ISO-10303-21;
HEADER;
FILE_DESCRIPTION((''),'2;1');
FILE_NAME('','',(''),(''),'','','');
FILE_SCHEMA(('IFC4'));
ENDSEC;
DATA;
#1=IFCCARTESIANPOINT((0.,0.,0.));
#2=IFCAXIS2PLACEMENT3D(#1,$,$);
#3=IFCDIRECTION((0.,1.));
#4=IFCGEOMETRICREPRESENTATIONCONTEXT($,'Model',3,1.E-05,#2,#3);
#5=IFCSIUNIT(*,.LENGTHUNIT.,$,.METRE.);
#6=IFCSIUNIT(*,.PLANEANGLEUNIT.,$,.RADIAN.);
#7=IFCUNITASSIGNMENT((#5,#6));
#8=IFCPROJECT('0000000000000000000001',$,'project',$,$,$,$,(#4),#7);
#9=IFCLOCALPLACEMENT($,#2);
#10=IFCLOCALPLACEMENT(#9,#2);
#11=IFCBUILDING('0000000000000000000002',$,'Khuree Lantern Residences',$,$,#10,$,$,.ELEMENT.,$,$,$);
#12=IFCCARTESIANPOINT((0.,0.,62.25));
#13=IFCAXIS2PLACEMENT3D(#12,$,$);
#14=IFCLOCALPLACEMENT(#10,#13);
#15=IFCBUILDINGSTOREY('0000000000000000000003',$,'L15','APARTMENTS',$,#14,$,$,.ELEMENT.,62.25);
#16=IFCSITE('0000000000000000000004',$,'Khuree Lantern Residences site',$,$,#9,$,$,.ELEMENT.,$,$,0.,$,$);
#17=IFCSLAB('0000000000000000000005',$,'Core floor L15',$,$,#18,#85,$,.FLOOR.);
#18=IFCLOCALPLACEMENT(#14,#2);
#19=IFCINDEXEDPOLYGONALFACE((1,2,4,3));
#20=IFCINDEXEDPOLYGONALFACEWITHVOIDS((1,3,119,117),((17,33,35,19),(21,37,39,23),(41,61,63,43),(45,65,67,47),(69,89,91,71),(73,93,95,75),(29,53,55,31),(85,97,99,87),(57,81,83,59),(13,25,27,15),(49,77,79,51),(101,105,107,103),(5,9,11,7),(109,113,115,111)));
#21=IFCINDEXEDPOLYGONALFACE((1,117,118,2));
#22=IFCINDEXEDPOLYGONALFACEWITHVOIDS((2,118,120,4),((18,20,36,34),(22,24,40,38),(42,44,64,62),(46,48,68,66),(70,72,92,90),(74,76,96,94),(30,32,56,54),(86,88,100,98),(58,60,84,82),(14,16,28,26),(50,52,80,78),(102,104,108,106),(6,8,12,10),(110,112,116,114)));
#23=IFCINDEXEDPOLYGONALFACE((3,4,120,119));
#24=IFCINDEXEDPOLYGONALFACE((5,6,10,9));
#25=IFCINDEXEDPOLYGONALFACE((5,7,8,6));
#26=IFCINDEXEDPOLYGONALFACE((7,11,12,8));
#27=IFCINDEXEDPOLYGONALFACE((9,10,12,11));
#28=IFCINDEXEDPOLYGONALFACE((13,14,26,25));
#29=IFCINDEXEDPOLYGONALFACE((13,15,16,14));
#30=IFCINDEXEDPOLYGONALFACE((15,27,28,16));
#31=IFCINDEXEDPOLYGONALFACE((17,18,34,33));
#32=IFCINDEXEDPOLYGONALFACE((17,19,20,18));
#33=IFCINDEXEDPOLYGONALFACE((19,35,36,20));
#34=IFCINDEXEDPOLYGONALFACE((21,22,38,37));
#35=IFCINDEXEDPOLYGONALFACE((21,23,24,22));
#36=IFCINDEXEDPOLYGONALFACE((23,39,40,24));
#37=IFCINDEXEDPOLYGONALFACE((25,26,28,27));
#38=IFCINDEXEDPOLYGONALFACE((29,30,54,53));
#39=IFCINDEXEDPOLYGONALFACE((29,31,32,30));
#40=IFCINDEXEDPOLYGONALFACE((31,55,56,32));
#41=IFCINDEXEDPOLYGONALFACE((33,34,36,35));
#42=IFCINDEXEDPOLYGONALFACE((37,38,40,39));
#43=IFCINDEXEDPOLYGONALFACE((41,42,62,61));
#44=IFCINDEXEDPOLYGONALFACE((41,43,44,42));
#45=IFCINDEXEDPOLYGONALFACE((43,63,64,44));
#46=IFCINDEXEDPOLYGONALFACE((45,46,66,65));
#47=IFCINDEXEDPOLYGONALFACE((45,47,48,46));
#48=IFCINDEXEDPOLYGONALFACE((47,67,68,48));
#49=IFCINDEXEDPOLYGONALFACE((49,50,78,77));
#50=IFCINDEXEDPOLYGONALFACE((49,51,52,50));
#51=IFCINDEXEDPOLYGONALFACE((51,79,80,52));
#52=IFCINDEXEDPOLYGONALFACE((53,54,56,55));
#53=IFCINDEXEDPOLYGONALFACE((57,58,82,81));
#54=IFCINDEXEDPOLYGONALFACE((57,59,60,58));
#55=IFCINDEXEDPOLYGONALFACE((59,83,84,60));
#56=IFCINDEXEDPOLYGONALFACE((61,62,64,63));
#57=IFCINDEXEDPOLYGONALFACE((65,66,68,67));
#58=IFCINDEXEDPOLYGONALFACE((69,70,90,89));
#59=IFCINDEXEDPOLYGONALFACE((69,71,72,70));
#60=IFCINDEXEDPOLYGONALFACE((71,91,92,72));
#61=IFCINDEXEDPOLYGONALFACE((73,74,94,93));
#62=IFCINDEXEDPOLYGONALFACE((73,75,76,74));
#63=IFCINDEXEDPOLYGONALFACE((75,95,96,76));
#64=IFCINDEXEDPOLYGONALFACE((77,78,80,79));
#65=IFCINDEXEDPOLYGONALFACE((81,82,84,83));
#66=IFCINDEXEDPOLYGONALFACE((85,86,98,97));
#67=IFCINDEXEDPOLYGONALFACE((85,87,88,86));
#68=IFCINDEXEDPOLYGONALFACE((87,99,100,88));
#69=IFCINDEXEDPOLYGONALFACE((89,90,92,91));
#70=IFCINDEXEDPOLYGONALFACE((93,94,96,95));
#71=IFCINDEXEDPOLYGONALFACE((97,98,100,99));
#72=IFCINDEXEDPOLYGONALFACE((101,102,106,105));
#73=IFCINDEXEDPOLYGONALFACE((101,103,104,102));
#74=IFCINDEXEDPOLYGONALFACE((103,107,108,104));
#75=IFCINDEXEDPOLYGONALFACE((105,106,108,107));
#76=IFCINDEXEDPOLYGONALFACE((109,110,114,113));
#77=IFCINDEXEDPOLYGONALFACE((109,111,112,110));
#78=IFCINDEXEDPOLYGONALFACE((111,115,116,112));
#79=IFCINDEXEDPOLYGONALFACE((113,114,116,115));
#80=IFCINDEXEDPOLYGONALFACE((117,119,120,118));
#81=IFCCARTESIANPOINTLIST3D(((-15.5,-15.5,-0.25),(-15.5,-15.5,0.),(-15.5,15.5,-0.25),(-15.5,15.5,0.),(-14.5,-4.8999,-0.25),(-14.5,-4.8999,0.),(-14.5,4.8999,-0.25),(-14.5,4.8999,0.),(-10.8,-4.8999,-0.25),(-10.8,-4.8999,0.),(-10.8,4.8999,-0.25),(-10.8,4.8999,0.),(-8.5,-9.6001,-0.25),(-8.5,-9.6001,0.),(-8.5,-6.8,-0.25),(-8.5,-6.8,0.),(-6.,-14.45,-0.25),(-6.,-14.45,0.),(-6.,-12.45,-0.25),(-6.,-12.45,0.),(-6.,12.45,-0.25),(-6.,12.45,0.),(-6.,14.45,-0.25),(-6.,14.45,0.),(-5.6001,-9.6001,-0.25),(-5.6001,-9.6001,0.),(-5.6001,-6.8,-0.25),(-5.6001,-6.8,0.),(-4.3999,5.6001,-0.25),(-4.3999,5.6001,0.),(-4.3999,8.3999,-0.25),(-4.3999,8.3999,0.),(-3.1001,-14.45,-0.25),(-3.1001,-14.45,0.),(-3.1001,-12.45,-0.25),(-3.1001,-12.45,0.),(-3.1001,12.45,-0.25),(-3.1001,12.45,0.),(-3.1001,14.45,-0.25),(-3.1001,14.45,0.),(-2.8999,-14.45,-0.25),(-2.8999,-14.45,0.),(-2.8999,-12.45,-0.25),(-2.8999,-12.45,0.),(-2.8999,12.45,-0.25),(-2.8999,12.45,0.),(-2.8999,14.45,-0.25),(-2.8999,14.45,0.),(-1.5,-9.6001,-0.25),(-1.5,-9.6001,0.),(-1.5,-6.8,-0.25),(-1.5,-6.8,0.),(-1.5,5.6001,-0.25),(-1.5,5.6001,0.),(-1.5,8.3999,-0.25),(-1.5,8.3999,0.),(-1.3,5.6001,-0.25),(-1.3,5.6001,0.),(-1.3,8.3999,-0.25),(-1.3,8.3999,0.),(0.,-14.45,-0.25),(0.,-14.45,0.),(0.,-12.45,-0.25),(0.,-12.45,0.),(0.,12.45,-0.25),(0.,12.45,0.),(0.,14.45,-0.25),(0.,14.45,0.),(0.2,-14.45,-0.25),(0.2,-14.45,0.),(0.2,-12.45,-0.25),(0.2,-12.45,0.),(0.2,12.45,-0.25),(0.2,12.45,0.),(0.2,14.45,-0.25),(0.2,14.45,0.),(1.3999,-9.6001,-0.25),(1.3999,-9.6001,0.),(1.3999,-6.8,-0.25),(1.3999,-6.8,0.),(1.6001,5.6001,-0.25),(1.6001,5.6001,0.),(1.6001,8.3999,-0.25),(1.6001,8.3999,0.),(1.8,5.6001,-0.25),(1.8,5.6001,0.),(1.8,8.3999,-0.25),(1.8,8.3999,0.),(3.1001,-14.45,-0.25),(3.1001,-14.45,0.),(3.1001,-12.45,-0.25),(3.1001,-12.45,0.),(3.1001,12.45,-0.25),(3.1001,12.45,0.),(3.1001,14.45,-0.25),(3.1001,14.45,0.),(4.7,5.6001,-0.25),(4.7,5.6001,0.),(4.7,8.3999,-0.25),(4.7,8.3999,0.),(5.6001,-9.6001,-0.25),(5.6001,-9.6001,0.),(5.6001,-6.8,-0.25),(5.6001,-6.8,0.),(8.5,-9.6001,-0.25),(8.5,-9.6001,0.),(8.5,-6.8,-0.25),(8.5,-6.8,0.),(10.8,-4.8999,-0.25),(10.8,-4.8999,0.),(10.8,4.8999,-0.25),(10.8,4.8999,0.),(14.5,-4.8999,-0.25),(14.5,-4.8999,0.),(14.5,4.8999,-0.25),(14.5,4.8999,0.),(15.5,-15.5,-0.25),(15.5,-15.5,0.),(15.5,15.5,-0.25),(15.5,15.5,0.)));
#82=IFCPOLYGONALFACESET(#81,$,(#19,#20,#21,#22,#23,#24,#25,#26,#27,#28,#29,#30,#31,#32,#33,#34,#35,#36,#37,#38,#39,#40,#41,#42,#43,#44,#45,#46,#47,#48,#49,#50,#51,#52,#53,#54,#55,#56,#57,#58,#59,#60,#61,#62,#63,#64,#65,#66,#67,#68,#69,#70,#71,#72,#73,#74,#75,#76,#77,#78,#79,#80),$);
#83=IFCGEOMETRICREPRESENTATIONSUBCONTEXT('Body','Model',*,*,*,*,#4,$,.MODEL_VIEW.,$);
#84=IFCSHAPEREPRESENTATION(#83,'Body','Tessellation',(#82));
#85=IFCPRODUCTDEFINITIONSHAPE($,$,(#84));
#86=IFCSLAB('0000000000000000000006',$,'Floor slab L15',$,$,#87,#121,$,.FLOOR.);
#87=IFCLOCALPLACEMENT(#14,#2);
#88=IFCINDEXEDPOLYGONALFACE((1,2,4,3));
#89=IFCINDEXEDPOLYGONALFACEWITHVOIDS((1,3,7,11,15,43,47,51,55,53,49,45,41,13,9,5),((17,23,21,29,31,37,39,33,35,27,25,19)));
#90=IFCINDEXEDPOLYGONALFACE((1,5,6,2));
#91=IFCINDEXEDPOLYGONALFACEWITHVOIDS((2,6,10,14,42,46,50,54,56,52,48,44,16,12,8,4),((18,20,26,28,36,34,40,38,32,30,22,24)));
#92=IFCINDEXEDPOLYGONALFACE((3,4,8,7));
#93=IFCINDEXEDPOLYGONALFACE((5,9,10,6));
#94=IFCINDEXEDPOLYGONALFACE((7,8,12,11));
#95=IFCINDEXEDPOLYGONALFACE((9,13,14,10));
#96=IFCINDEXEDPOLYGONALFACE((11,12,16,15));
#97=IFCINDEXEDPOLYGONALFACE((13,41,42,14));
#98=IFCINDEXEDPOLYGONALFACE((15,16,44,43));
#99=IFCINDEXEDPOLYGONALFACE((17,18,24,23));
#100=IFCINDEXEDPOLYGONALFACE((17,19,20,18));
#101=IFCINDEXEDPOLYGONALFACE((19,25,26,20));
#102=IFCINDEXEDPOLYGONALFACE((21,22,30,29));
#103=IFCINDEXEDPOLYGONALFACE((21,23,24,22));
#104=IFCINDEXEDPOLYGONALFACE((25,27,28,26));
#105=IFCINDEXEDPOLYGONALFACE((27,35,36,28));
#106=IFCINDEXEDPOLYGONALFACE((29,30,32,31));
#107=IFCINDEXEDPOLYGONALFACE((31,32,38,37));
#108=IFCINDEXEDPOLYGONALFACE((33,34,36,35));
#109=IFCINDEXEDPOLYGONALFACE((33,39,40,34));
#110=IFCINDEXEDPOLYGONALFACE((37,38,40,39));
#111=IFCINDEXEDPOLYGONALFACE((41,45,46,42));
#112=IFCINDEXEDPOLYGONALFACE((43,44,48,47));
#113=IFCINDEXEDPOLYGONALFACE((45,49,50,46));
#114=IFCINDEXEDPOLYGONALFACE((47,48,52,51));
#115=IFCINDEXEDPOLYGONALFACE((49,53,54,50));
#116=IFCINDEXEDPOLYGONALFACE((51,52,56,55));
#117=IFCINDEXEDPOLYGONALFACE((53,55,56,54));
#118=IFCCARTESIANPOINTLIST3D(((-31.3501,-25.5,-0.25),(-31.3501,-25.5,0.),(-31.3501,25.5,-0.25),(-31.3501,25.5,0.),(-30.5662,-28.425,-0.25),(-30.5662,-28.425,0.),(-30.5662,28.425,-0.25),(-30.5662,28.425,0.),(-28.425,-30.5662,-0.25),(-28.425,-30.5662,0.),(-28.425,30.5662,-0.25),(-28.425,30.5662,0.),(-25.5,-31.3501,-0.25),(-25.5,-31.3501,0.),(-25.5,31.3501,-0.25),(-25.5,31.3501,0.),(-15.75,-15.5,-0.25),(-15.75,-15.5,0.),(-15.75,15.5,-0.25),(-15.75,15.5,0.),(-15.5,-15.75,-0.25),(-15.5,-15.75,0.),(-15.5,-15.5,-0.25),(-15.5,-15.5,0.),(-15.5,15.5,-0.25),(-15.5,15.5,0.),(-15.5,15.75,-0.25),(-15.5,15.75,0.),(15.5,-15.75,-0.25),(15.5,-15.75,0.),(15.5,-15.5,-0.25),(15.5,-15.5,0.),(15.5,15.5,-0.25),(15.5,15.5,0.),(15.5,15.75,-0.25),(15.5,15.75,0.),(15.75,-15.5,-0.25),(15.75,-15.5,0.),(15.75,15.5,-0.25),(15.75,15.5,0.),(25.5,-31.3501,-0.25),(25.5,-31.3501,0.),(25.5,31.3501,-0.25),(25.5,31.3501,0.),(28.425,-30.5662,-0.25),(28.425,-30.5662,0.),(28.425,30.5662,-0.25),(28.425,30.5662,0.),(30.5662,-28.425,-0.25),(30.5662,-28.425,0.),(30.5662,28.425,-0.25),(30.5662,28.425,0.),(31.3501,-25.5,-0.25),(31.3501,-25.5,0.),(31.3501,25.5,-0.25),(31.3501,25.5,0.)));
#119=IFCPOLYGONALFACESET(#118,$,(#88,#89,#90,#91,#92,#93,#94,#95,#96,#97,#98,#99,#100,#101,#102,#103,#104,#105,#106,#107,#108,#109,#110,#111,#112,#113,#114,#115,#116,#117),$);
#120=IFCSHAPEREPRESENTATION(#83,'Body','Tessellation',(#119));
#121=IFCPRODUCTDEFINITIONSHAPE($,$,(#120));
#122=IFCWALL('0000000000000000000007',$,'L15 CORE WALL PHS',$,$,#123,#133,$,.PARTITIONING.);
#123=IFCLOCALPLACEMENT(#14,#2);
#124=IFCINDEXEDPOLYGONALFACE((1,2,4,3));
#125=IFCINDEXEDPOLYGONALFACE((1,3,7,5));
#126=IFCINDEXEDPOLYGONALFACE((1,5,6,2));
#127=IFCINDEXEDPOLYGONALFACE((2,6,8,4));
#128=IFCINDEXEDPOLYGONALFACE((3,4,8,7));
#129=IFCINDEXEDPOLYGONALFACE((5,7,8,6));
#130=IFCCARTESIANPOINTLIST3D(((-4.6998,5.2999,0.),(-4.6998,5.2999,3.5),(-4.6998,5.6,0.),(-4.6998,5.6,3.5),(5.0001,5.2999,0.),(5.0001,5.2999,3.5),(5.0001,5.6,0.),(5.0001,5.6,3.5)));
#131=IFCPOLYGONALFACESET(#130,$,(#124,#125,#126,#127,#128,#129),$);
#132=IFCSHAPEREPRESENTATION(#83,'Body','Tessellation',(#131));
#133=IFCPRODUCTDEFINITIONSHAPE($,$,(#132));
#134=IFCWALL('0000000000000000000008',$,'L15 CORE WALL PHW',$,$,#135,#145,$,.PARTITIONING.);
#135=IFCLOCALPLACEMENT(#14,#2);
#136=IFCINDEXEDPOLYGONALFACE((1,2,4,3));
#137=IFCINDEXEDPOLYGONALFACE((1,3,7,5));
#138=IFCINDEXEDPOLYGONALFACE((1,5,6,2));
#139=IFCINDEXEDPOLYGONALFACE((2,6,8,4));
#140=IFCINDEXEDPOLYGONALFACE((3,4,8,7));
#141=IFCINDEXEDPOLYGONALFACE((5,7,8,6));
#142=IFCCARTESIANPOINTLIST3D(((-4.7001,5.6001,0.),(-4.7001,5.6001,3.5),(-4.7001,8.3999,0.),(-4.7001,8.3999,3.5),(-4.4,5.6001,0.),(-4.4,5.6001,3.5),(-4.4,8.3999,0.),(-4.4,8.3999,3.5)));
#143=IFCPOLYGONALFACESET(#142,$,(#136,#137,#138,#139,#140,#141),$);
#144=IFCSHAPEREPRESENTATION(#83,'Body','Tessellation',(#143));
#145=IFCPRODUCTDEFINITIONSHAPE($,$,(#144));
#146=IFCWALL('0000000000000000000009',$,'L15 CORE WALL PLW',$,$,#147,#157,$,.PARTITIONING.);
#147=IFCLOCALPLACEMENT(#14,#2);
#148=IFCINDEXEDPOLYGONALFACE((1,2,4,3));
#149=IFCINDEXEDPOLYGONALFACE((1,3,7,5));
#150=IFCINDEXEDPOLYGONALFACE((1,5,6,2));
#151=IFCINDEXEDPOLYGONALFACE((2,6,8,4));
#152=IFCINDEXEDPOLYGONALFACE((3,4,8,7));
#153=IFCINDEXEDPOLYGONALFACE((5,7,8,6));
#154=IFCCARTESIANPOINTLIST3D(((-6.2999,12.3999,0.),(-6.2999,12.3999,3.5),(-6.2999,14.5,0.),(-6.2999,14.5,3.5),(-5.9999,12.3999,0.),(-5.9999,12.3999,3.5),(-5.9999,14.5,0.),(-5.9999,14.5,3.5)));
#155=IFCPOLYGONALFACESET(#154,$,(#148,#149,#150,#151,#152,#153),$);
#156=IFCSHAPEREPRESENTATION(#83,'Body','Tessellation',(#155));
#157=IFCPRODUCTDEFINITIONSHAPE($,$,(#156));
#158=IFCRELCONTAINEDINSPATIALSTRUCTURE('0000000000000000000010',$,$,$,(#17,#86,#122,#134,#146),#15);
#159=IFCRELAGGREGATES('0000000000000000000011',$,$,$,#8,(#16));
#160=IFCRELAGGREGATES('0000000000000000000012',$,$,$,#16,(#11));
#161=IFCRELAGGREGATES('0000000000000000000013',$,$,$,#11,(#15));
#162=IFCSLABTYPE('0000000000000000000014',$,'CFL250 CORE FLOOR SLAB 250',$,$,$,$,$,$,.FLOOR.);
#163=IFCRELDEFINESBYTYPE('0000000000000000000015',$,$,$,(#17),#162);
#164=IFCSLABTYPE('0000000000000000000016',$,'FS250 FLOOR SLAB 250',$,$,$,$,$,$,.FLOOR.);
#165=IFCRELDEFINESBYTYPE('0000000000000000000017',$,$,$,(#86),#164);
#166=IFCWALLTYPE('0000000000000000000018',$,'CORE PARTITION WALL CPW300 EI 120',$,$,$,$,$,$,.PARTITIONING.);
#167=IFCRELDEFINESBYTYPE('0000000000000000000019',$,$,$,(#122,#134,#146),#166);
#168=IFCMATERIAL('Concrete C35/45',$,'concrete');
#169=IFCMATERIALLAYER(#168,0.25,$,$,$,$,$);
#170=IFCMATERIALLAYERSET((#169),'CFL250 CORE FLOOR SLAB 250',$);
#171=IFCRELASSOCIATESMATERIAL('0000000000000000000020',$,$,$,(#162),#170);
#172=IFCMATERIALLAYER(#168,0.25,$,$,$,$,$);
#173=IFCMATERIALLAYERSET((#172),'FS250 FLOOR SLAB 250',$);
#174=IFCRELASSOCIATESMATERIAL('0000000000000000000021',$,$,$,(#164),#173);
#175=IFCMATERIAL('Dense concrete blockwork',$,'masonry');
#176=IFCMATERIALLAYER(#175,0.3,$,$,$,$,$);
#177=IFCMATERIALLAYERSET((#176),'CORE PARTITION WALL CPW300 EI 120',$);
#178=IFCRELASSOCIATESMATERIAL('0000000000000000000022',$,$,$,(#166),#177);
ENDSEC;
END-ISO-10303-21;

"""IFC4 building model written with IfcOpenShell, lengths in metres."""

from ifc_helpers import new_model, si_unit, direction, frame, frame_2d, origin, place, context, subcontext, project, spatial, polyline, rectangle, outline, extrude, material, layer, layer_set, type_object, element, save


model = new_model("IFC4")

# Units and contexts
model_context = context("Model", 3, precision=1e-05, world=origin(), true_north=direction((0.0, 1.0)))
body_context = subcontext(model_context, "Body", "Model", "MODEL_VIEW")
ifc_project = project(units=[si_unit("LENGTHUNIT", "METRE"), si_unit("PLANEANGLEUNIT", "RADIAN")], contexts=[model_context])

# Site, building, storey
site_placement = place(None, origin())
site = spatial("IfcSite", under=ifc_project, at=site_placement, Name="Khuree Lantern Residences site", CompositionType="ELEMENT", RefElevation=0.0)
building_placement = place(site_placement, origin())
building = spatial("IfcBuilding", under=site, at=building_placement, Name="Khuree Lantern Residences", CompositionType="ELEMENT")
storey_placement = place(building_placement, frame((0.0, 0.0, 62.25)))
storey = spatial("IfcBuildingStorey", under=building, at=storey_placement, Name="L15", Description="APARTMENTS", CompositionType="ELEMENT", Elevation=62.25)

# Slabs
ifc_material_1 = material(Name="Concrete C35/45", Category="concrete")
ifc_layer_1 = layer(ifc_material_1, 0.25)
ifc_layer_set_1 = layer_set([ifc_layer_1], Name="CFL250 CORE FLOOR SLAB 250")
slab_type_1 = type_object("IfcSlabType", Name="CFL250 CORE FLOOR SLAB 250", PredefinedType="FLOOR", material=ifc_layer_set_1)
slab_1_placement = place(storey_placement, frame((0.0, 0.0, -0.25)))
element("IfcSlab", 1, at=slab_1_placement, inside=storey, type_object=slab_type_1, Name="Core floor L15", PredefinedType="FLOOR", context=body_context, shape_type="SweptSolid", body=[
    extrude(outline(polyline([(-15.5, -15.5), (-15.5, 15.5), (15.5, 15.5), (15.5, -15.5), (-15.5, -15.5)]), holes=[polyline([(14.5, 4.8999), (10.8, 4.8999), (10.8, -4.8999), (14.5, -4.8999), (14.5, 4.8999)]), polyline([(8.5, -6.8), (5.6001, -6.8), (5.6001, -9.6001), (8.5, -9.6001), (8.5, -6.8)]), polyline([(4.7, 8.3999), (1.8, 8.3999), (1.8, 5.6001), (4.7, 5.6001), (4.7, 8.3999)]), polyline([(0.2, -12.45), (0.2, -14.45), (3.1001, -14.45), (3.1001, -12.45), (0.2, -12.45)]), polyline([(3.1001, 14.45), (0.2, 14.45), (0.2, 12.45), (3.1001, 12.45), (3.1001, 14.45)]), polyline([(1.6001, 8.3999), (-1.3, 8.3999), (-1.3, 5.6001), (1.6001, 5.6001), (1.6001, 8.3999)]), polyline([(1.3999, -6.8), (-1.5, -6.8), (-1.5, -9.6001), (1.3999, -9.6001), (1.3999, -6.8)]), polyline([(0.0, -12.45), (-2.8999, -12.45), (-2.8999, -14.45), (0.0, -14.45), (0.0, -12.45)]), polyline([(0.0, 14.45), (-2.8999, 14.45), (-2.8999, 12.45), (0.0, 12.45), (0.0, 14.45)]), polyline([(-1.5, 8.3999), (-4.3999, 8.3999), (-4.3999, 5.6001), (-1.5, 5.6001), (-1.5, 8.3999)]), polyline([(-6.0, -12.45), (-6.0, -14.45), (-3.1001, -14.45), (-3.1001, -12.45), (-6.0, -12.45)]), polyline([(-3.1001, 14.45), (-6.0, 14.45), (-6.0, 12.45), (-3.1001, 12.45), (-3.1001, 14.45)]), polyline([(-5.6001, -6.8), (-8.5, -6.8), (-8.5, -9.6001), (-5.6001, -9.6001), (-5.6001, -6.8)]), polyline([(-10.8, 4.8999), (-14.5, 4.8999), (-14.5, -4.8999), (-10.8, -4.8999), (-10.8, 4.8999)])]), origin(), (0.0, 0.0, 1.0), 0.25),
])
ifc_layer_2 = layer(ifc_material_1, 0.25)
ifc_layer_set_2 = layer_set([ifc_layer_2], Name="FS250 FLOOR SLAB 250")
slab_type_2 = type_object("IfcSlabType", Name="FS250 FLOOR SLAB 250", PredefinedType="FLOOR", material=ifc_layer_set_2)
slab_2_placement = place(storey_placement, frame((0.0, 0.0, -0.25)))
element("IfcSlab", 2, at=slab_2_placement, inside=storey, type_object=slab_type_2, Name="Floor slab L15", PredefinedType="FLOOR", context=body_context, shape_type="SweptSolid", body=[
    extrude(outline(polyline([(-28.425, -30.5662), (-30.5662, -28.425), (-31.3501, -25.5), (-31.3501, 25.5), (-30.5662, 28.425), (-28.425, 30.5662), (-25.5, 31.3501), (25.5, 31.3501), (28.425, 30.5662), (30.5662, 28.425), (31.3501, 25.5), (31.3501, -25.5), (30.5662, -28.425), (28.425, -30.5662), (25.5, -31.3501), (-25.5, -31.3501), (-28.425, -30.5662)]), holes=[polyline([(15.75, 15.5), (15.5, 15.5), (15.5, 15.75), (-15.5, 15.75), (-15.5, 15.5), (-15.75, 15.5), (-15.75, -15.5), (-15.5, -15.5), (-15.5, -15.75), (15.5, -15.75), (15.5, -15.5), (15.75, -15.5), (15.75, 15.5)])]), origin(), (0.0, 0.0, 1.0), 0.25),
])

# Walls
ifc_material_2 = material(Name="Dense concrete blockwork", Category="masonry")
ifc_layer_3 = layer(ifc_material_2, 0.3)
ifc_layer_set_3 = layer_set([ifc_layer_3], Name="CORE PARTITION WALL CPW300 EI 120")
wall_type_1 = type_object("IfcWallType", Name="CORE PARTITION WALL CPW300 EI 120", PredefinedType="PARTITIONING", material=ifc_layer_set_3)
wall_1_placement = place(storey_placement, frame((-4.7, 5.45, 0.0), z_axis=(0.0, 0.0, 1.0), x_axis=(1.0, 0.0, 0.0)))
element("IfcWall", 3, at=wall_1_placement, inside=storey, type_object=wall_type_1, Name="L15 CORE WALL PHS", PredefinedType="PARTITIONING", context=body_context, shape_type="SweptSolid", body=[
    extrude(rectangle(XDim=9.7, YDim=0.3, at=frame_2d((4.8501, 0.0))), origin(), (0.0, 0.0, 1.0), 3.5),
])
wall_2_placement = place(storey_placement, frame((-4.55, 5.6001, 0.0), z_axis=(0.0, 0.0, 1.0), x_axis=(0.0, 1.0, 0.0)))
element("IfcWall", 4, at=wall_2_placement, inside=storey, type_object=wall_type_1, Name="L15 CORE WALL PHW", PredefinedType="PARTITIONING", context=body_context, shape_type="SweptSolid", body=[
    extrude(rectangle(XDim=2.7998, YDim=0.3, at=frame_2d((1.3999, 0.0))), origin(), (0.0, 0.0, 1.0), 3.5),
])
wall_3_placement = place(storey_placement, frame((-6.1499, 12.3999, 0.0), z_axis=(0.0, 0.0, 1.0), x_axis=(0.0, 1.0, 0.0)))
element("IfcWall", 5, at=wall_3_placement, inside=storey, type_object=wall_type_1, Name="L15 CORE WALL PLW", PredefinedType="PARTITIONING", context=body_context, shape_type="SweptSolid", body=[
    extrude(rectangle(XDim=2.1001, YDim=0.3, at=frame_2d((1.05, 0.0))), origin(), (0.0, 0.0, 1.0), 3.5),
])

save(model, "model.ifc")
